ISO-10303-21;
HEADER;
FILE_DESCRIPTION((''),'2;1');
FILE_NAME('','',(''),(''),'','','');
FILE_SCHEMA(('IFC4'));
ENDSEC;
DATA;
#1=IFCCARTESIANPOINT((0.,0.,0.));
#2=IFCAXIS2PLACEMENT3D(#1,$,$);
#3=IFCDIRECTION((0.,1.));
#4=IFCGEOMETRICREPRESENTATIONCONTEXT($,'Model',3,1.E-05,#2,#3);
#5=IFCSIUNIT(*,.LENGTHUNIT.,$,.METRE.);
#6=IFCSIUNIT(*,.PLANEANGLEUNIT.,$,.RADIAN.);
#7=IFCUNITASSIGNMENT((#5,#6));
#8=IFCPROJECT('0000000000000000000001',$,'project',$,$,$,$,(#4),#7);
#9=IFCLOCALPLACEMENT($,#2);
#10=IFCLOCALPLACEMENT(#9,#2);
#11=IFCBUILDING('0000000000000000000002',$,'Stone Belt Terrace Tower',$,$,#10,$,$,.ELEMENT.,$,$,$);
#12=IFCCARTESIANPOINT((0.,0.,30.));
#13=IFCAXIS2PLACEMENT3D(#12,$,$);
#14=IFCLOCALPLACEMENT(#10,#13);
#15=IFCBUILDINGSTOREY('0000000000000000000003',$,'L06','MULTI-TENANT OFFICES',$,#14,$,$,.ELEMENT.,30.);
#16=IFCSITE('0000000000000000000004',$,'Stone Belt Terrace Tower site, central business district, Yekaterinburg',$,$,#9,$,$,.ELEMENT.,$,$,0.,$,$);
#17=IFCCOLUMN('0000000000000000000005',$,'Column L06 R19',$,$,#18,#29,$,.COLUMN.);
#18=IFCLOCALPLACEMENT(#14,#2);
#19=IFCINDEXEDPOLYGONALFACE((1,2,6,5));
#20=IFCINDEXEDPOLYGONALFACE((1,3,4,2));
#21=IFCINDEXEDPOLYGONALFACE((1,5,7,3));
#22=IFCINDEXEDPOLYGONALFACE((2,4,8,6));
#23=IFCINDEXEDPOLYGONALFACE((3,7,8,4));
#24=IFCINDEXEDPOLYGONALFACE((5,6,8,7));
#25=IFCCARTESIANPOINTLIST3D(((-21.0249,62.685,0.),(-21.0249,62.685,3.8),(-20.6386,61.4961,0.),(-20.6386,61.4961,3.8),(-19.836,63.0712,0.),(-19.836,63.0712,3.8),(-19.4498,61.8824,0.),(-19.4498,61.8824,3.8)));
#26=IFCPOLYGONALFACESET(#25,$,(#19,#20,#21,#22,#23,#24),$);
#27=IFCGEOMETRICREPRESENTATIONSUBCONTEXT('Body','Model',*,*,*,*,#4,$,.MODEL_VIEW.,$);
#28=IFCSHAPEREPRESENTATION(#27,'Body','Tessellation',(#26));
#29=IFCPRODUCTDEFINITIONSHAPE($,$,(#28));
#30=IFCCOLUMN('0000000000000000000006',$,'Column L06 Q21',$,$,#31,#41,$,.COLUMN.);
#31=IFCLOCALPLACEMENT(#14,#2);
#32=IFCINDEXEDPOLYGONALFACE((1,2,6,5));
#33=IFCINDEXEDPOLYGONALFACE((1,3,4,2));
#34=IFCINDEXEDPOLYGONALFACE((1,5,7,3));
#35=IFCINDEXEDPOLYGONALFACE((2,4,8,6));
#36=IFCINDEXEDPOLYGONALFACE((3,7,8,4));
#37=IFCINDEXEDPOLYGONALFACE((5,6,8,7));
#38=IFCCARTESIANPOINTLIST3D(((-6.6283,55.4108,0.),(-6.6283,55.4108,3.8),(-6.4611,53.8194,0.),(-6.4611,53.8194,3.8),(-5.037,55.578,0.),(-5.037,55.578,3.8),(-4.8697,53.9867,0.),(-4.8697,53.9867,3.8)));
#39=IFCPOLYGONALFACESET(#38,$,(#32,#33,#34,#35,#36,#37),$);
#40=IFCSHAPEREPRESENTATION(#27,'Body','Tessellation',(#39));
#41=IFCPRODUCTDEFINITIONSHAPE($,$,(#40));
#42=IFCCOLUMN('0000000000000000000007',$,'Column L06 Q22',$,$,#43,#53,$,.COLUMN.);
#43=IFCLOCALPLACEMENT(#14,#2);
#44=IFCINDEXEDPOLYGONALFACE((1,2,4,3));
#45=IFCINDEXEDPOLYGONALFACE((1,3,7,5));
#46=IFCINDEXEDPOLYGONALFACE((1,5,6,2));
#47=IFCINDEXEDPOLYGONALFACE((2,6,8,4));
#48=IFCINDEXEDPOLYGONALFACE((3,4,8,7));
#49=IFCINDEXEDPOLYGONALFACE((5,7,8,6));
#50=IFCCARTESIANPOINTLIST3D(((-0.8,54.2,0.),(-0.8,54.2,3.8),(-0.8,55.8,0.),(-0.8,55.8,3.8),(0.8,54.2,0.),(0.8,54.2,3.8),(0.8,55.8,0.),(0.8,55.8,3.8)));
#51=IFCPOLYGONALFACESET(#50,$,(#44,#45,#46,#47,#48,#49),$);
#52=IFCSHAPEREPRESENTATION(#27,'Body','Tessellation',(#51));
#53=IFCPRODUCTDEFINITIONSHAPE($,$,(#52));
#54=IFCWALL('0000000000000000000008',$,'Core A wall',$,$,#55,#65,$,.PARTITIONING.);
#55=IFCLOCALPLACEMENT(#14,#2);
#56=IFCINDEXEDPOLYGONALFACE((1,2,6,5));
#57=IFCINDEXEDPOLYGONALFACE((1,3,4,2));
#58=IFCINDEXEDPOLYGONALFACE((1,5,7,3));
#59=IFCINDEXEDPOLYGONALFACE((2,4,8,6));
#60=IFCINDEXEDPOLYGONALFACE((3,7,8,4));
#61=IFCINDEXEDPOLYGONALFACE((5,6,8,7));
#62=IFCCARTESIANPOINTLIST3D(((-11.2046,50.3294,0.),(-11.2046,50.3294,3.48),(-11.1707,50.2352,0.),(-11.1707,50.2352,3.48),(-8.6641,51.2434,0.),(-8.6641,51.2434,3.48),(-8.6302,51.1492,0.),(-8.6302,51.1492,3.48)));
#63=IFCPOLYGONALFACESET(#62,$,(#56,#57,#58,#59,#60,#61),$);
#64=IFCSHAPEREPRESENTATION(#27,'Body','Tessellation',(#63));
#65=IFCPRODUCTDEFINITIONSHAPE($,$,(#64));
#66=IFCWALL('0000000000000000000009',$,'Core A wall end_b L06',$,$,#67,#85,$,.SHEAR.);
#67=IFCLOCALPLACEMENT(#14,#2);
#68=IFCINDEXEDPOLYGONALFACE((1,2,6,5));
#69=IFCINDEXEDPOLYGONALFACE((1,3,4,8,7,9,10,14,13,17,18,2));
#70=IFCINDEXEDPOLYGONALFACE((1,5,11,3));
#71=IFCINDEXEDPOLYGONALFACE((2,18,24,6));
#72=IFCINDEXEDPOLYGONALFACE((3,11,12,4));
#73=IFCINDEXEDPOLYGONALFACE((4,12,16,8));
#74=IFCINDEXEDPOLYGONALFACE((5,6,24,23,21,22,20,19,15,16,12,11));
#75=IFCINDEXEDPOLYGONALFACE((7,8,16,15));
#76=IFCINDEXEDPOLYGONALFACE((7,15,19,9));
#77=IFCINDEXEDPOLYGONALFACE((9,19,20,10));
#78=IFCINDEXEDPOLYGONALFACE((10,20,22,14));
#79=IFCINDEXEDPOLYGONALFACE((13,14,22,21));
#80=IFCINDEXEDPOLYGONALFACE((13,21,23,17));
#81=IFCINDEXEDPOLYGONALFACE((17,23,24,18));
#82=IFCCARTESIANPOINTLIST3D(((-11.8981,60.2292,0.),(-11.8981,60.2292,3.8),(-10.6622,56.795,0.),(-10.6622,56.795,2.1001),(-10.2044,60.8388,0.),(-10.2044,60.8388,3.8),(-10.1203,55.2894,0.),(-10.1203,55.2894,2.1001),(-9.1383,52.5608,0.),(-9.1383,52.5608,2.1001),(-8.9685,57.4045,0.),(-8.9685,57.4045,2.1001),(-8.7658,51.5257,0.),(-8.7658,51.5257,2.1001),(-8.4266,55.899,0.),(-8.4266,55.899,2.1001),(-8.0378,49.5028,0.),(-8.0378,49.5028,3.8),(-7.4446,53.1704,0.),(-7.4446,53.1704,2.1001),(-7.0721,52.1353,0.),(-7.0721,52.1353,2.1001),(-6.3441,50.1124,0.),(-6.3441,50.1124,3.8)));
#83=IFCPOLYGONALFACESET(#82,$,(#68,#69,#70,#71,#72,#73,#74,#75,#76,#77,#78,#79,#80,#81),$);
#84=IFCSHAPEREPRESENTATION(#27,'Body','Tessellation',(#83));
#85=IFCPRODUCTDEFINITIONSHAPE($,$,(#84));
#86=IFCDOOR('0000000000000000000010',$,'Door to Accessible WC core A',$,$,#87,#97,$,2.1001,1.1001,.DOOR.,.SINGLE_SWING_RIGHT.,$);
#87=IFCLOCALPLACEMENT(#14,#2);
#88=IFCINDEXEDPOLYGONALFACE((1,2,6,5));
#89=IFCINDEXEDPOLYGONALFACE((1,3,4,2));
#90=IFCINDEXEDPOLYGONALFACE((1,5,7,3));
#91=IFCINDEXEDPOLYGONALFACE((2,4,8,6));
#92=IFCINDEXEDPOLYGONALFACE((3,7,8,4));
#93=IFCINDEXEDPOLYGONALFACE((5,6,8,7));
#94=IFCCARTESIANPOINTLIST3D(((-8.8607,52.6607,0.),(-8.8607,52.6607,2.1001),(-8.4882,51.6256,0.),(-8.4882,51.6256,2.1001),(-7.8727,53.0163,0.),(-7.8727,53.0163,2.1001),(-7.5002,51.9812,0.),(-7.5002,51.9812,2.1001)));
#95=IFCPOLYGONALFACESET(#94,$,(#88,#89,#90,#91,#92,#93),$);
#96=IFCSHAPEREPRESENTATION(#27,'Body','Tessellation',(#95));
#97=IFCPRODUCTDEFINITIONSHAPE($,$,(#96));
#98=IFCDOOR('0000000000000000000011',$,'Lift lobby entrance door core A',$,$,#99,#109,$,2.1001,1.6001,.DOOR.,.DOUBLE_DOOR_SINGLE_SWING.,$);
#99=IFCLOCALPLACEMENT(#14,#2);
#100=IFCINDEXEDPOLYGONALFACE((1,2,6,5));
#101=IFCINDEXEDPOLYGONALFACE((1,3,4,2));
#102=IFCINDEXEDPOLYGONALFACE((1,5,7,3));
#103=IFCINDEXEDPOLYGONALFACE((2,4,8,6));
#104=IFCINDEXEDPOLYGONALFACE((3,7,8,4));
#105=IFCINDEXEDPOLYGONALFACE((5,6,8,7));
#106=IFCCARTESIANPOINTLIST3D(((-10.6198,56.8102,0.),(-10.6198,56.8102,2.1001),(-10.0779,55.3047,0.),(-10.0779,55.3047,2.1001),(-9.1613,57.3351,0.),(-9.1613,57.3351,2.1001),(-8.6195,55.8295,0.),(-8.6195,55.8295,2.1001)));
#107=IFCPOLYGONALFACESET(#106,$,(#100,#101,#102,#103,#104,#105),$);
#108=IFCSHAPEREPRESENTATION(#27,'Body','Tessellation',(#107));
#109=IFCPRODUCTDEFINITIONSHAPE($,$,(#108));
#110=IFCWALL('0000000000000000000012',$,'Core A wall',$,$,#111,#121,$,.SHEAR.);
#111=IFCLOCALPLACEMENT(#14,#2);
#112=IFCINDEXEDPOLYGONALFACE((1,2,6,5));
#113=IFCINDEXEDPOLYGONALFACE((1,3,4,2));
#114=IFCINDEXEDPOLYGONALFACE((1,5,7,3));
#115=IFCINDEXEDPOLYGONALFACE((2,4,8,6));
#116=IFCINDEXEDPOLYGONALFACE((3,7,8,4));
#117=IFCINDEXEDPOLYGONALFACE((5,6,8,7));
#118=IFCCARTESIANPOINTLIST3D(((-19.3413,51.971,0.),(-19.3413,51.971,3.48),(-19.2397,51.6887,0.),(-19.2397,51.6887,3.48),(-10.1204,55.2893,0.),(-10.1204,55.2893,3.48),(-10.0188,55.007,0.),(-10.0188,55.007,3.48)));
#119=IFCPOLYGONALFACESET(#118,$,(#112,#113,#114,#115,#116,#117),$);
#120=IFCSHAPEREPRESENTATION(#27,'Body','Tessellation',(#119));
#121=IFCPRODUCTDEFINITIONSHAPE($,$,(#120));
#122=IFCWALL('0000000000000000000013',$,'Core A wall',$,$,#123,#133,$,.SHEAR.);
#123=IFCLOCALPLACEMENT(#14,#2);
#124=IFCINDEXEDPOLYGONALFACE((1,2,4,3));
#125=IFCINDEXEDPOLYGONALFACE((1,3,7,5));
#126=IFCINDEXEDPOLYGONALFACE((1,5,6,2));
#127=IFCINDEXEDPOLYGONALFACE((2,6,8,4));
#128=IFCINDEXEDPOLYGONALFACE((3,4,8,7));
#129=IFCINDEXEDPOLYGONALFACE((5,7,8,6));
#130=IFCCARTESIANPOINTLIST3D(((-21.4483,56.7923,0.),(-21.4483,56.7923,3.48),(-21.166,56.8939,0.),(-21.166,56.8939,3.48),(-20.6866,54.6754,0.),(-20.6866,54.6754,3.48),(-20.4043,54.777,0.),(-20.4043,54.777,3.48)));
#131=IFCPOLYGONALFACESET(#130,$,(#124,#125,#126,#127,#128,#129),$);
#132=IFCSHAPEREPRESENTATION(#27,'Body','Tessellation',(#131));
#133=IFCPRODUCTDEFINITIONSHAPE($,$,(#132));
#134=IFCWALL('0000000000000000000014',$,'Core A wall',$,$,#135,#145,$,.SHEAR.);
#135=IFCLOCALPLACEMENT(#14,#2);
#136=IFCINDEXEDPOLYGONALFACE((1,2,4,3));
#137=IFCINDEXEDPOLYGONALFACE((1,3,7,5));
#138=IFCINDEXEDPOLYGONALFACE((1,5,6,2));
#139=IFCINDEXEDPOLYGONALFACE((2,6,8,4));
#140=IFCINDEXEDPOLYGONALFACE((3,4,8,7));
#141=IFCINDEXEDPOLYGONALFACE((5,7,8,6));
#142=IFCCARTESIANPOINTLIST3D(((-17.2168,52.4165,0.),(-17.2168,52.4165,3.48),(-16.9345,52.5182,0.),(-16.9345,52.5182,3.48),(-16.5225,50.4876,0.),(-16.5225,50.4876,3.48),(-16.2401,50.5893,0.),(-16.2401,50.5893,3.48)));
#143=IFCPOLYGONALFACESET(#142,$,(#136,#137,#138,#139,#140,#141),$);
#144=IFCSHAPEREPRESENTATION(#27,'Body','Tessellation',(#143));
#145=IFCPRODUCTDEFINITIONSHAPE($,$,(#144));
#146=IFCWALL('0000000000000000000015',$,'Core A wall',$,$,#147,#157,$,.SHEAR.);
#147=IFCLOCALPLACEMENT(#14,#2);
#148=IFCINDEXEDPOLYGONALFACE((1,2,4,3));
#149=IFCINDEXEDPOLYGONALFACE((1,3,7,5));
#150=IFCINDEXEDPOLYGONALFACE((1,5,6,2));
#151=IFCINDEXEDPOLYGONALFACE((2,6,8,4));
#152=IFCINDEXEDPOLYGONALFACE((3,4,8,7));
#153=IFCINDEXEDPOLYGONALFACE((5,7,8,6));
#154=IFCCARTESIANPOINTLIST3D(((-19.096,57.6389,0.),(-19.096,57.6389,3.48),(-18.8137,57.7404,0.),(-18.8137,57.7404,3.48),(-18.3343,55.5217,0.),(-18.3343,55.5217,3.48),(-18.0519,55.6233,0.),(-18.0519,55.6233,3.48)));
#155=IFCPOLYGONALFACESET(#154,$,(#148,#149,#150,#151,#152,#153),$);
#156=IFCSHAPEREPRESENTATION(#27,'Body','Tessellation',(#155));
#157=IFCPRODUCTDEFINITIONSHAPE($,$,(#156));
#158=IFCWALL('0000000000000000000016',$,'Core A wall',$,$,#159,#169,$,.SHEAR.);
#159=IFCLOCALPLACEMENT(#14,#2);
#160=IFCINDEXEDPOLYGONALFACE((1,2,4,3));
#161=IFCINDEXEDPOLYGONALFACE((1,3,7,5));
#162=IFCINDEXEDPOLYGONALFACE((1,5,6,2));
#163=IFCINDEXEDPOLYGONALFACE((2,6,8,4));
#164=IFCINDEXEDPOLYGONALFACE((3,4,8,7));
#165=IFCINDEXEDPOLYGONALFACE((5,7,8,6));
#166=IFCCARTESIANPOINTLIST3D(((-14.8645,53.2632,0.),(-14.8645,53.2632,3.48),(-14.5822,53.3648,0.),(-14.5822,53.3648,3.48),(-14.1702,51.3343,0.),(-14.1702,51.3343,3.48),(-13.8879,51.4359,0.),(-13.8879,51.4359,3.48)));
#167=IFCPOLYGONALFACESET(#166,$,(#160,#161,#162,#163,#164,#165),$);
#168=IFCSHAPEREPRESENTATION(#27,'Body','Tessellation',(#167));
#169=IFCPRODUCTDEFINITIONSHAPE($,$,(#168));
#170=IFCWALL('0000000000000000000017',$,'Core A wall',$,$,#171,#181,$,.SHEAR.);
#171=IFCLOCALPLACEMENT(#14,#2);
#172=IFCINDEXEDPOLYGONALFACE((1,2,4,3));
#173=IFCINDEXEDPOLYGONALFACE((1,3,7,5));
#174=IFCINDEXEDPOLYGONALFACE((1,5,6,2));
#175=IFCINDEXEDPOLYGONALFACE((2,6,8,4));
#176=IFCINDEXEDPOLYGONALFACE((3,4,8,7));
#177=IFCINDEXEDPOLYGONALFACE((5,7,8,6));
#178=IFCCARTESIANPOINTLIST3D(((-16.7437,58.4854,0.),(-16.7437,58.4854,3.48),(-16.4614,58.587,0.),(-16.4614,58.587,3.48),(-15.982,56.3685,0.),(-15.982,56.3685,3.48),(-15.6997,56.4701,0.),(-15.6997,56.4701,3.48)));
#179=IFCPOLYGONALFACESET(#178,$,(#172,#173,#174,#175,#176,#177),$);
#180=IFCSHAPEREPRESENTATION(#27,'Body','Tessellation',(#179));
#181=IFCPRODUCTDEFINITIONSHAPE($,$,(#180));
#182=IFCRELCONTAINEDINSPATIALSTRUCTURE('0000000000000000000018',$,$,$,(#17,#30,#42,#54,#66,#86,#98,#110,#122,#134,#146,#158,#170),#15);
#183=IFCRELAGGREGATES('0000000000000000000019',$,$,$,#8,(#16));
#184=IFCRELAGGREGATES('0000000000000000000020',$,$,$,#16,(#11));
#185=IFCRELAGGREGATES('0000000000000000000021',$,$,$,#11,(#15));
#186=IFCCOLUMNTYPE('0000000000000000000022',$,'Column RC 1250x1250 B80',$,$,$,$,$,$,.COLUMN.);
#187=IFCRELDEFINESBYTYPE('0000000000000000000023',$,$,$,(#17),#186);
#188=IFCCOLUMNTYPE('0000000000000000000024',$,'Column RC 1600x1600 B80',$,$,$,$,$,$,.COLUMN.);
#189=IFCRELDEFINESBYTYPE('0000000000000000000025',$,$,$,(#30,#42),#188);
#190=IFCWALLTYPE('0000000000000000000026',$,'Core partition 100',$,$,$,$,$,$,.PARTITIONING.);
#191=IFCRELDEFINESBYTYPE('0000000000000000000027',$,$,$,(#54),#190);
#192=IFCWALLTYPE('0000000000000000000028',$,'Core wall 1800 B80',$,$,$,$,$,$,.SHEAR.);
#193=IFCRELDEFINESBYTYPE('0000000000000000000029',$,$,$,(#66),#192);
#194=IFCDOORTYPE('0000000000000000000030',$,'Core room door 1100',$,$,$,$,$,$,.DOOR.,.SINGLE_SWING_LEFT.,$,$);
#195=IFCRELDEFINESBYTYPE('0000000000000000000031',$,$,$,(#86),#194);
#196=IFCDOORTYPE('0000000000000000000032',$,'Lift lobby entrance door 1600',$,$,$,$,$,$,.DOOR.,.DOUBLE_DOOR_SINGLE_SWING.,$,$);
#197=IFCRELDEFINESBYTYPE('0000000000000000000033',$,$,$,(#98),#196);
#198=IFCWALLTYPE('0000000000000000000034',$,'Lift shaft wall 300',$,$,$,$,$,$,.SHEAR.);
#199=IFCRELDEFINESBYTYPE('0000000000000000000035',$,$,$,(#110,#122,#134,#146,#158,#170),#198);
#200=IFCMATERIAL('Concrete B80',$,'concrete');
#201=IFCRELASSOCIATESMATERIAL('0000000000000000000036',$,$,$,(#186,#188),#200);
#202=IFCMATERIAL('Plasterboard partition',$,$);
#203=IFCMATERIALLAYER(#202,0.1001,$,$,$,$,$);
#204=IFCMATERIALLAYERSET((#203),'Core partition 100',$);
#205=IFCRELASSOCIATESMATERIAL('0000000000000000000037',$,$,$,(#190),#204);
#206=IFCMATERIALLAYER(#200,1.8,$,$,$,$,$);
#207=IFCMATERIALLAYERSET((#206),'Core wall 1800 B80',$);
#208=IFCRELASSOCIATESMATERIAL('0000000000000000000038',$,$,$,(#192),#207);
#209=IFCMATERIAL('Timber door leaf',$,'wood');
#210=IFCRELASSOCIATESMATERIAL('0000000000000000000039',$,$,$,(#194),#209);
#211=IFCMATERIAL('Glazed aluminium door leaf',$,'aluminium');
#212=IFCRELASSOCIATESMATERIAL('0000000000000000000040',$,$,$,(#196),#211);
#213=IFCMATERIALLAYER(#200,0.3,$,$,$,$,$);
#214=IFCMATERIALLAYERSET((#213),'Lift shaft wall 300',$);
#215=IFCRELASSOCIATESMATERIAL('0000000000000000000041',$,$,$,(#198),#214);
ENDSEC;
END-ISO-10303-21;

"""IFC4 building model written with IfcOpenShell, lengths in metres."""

from ifc_helpers import new_model, si_unit, direction, frame, frame_2d, origin, origin_2d, place, context, subcontext, project, spatial, rectangle, extrude, material, layer, layer_set, material_profile, profile_set, type_object, element, fill, save


model = new_model("IFC4")

# Units and contexts
model_context = context("Model", 3, precision=1e-05, world=origin(), true_north=direction((0.0, 1.0)))
body_context = subcontext(model_context, "Body", "Model", "MODEL_VIEW")
ifc_project = project(units=[si_unit("LENGTHUNIT", "METRE"), si_unit("PLANEANGLEUNIT", "RADIAN")], contexts=[model_context])

# Site, building, storey
site_placement = place(None, origin())
site = spatial("IfcSite", under=ifc_project, at=site_placement, Name="Stone Belt Terrace Tower site, central business district, Yekaterinburg", CompositionType="ELEMENT", RefElevation=0.0)
building_placement = place(site_placement, origin())
building = spatial("IfcBuilding", under=site, at=building_placement, Name="Stone Belt Terrace Tower", CompositionType="ELEMENT")
storey_placement = place(building_placement, frame((0.0, 0.0, 30.0)))
storey = spatial("IfcBuildingStorey", under=building, at=storey_placement, Name="L06", Description="MULTI-TENANT OFFICES", CompositionType="ELEMENT", Elevation=30.0)

# Columns
ifc_material_1 = material(Name="Concrete B80", Category="concrete")
ifc_material_profile_1 = material_profile(ifc_material_1, rectangle(XDim=1.25, YDim=1.25, at=origin_2d()), Name="RC 1250x1250")
ifc_profile_set_1 = profile_set([ifc_material_profile_1], Name="Concrete B80")
column_type_1 = type_object("IfcColumnType", Name="Column RC 1250x1250 B80", PredefinedType="COLUMN", material=ifc_profile_set_1)
column_placement = place(storey_placement, frame((-20.2373, 62.2837, 0.0), z_axis=(0.0, 0.0, 1.0), x_axis=(0.951057, 0.309017, 0.0)))
element("IfcColumn", 1, at=column_placement, inside=storey, type_object=column_type_1, Name="Column L06 R19", PredefinedType="COLUMN", context=body_context, shape_type="SweptSolid", body=[
    extrude(rectangle(XDim=1.25, YDim=1.25, at=origin_2d()), origin(), (0.0, 0.0, 1.0), 3.8),
])
ifc_material_profile_2 = material_profile(ifc_material_1, rectangle(XDim=1.6001, YDim=1.6001, at=origin_2d()), Name="RC 1600x1600")
ifc_profile_set_2 = profile_set([ifc_material_profile_2], Name="Concrete B80")
column_type_2 = type_object("IfcColumnType", Name="Column RC 1600x1600 B80", PredefinedType="COLUMN", material=ifc_profile_set_2)
for number, where, z_axis, x_axis, name in (
    (2, (-5.749, 54.6987, 0.0), (0.0, 0.0, 1.0), (0.994522, 0.104528, 0.0), "Column L06 Q21"),
    (3, (0.0, 55.0, 0.0), (0.0, 0.0, 1.0), (1.0, 0.0, 0.0), "Column L06 Q22"),
):
    element("IfcColumn", number, at=place(storey_placement, frame(where, z_axis=z_axis, x_axis=x_axis)), inside=storey, type_object=column_type_2, Name=name, PredefinedType="COLUMN", context=body_context, shape_type="SweptSolid", body=[
        extrude(rectangle(XDim=1.6001, YDim=1.6001, at=origin_2d()), origin(), (0.0, 0.0, 1.0), 3.8),
    ])

# Wall
ifc_material_2 = material(Name="Plasterboard partition")
ifc_layer_1 = layer(ifc_material_2, 0.1001)
ifc_layer_set_1 = layer_set([ifc_layer_1], Name="Core partition 100")
wall_type_1 = type_object("IfcWallType", Name="Core partition 100", PredefinedType="PARTITIONING", material=ifc_layer_set_1)
wall_1_placement = place(storey_placement, frame((-11.1877, 50.2822, 0.0), z_axis=(0.0, 0.0, 1.0), x_axis=(0.94095, 0.338547, 0.0)))
element("IfcWall", 4, at=wall_1_placement, inside=storey, type_object=wall_type_1, Name="Core A wall", PredefinedType="PARTITIONING", context=body_context, shape_type="SweptSolid", body=[
    extrude(rectangle(XDim=2.7, YDim=0.1001, at=frame_2d((1.3501, 0.0))), origin(), (0.0, 0.0, 1.0), 3.48),
])

# Wall, openings, doors
ifc_layer_2 = layer(ifc_material_1, 1.8)
ifc_layer_set_2 = layer_set([ifc_layer_2], Name="Core wall 1800 B80")
wall_type_2 = type_object("IfcWallType", Name="Core wall 1800 B80", PredefinedType="SHEAR", material=ifc_layer_set_2)
wall_2_placement = place(storey_placement, frame((-7.1909, 49.8076, 0.0), z_axis=(0.0, 0.0, 1.0), x_axis=(-0.338632, 0.940919, 0.0)))
wall_2 = element("IfcWall", 5, at=wall_2_placement, inside=storey, type_object=wall_type_2, Name="Core A wall end_b L06", PredefinedType="SHEAR", context=body_context, shape_type="SweptSolid", body=[
    extrude(rectangle(XDim=11.3999, YDim=1.8, at=frame_2d((5.7, 0.0))), origin(), (0.0, 0.0, 1.0), 3.8),
])
opening_1_placement = place(wall_2_placement, frame((6.1499, 0.0, 0.0)))
opening_1 = element("IfcOpeningElement", 6, at=opening_1_placement, cuts=wall_2, PredefinedType="OPENING", context=body_context, shape_type="SweptSolid", body=[
    extrude(rectangle(XDim=1.6001, YDim=2.1001, at=frame_2d((0.8, 1.05))), frame((0.0, 0.9099, 0.0), z_axis=(0.0, -1.0, 0.0), x_axis=(1.0, 0.0, 0.0)), (0.0, 0.0, 1.0), 1.8201),
])
opening_2_placement = place(wall_2_placement, frame((2.1499, 0.0, 0.0)))
opening_2 = element("IfcOpeningElement", 7, at=opening_2_placement, cuts=wall_2, PredefinedType="OPENING", context=body_context, shape_type="SweptSolid", body=[
    extrude(rectangle(XDim=1.1001, YDim=2.1001, at=frame_2d((0.55, 1.05))), frame((0.0, 0.9099, 0.0), z_axis=(0.0, -1.0, 0.0), x_axis=(1.0, 0.0, 0.0)), (0.0, 0.0, 1.0), 1.8201),
])
ifc_material_3 = material(Name="Timber door leaf", Category="wood")
door_type_1 = type_object("IfcDoorType", Name="Core room door 1100", OperationType="SINGLE_SWING_LEFT", PredefinedType="DOOR", material=ifc_material_3)
door_1_placement = place(opening_2_placement, origin())
door_1 = element("IfcDoor", 8, at=door_1_placement, inside=storey, type_object=door_type_1, Name="Door to Accessible WC core A", OperationType="SINGLE_SWING_RIGHT", OverallHeight=2.1001, OverallWidth=1.1001, PredefinedType="DOOR", context=body_context, shape_type="SweptSolid", body=[
    extrude(rectangle(XDim=1.1001, YDim=2.1001, at=frame_2d((0.55, 1.05))), frame((0.0, 0.605, 0.0), z_axis=(0.0, -1.0, 0.0), x_axis=(1.0, 0.0, 0.0)), (0.0, 0.0, 1.0), 1.05),
])
fill(opening_2, door_1)
ifc_material_4 = material(Name="Glazed aluminium door leaf", Category="aluminium")
door_type_2 = type_object("IfcDoorType", Name="Lift lobby entrance door 1600", OperationType="DOUBLE_DOOR_SINGLE_SWING", PredefinedType="DOOR", material=ifc_material_4)
door_2_placement = place(opening_1_placement, origin())
door_2 = element("IfcDoor", 9, at=door_2_placement, inside=storey, type_object=door_type_2, Name="Lift lobby entrance door core A", OperationType="DOUBLE_DOOR_SINGLE_SWING", OverallHeight=2.1001, OverallWidth=1.6001, PredefinedType="DOOR", context=body_context, shape_type="SweptSolid", body=[
    extrude(rectangle(XDim=1.6001, YDim=2.1001, at=frame_2d((0.8, 1.05))), frame((0.0, 0.855, 0.0), z_axis=(0.0, -1.0, 0.0), x_axis=(1.0, 0.0, 0.0)), (0.0, 0.0, 1.0), 1.55),
])
fill(opening_1, door_2)

# Walls
ifc_layer_3 = layer(ifc_material_1, 0.3)
ifc_layer_set_3 = layer_set([ifc_layer_3], Name="Lift shaft wall 300")
wall_type_3 = type_object("IfcWallType", Name="Lift shaft wall 300", PredefinedType="SHEAR", material=ifc_layer_set_3)
wall_3_placement = place(storey_placement, frame((-19.2905, 51.8298, 0.0), z_axis=(0.0, 0.0, 1.0), x_axis=(0.940926, 0.338613, 0.0)))
element("IfcWall", 10, at=wall_3_placement, inside=storey, type_object=wall_type_3, Name="Core A wall", PredefinedType="SHEAR", context=body_context, shape_type="SweptSolid", body=[
    extrude(rectangle(XDim=9.7998, YDim=0.3, at=frame_2d((4.8999, 0.0))), origin(), (0.0, 0.0, 1.0), 3.48),
])
wall_4_placement = place(storey_placement, frame((-20.5454, 54.7261, 0.0), z_axis=(0.0, 0.0, 1.0), x_axis=(-0.33857, 0.940941, 0.0)))
element("IfcWall", 11, at=wall_4_placement, inside=storey, type_object=wall_type_3, Name="Core A wall", PredefinedType="SHEAR", context=body_context, shape_type="SweptSolid", body=[
    extrude(rectangle(XDim=2.2498, YDim=0.3, at=frame_2d((1.125, 0.0))), origin(), (0.0, 0.0, 1.0), 3.48),
])
wall_5_placement = place(storey_placement, frame((-16.3813, 50.5386, 0.0), z_axis=(0.0, 0.0, 1.0), x_axis=(-0.338682, 0.940901, 0.0)))
element("IfcWall", 12, at=wall_5_placement, inside=storey, type_object=wall_type_3, Name="Core A wall", PredefinedType="SHEAR", context=body_context, shape_type="SweptSolid", body=[
    extrude(rectangle(XDim=2.05, YDim=0.3, at=frame_2d((1.0249, 0.0))), origin(), (0.0, 0.0, 1.0), 3.48),
])
wall_6_placement = place(storey_placement, frame((-18.1931, 55.5725, 0.0), z_axis=(0.0, 0.0, 1.0), x_axis=(-0.338535, 0.940954, 0.0)))
element("IfcWall", 13, at=wall_6_placement, inside=storey, type_object=wall_type_3, Name="Core A wall", PredefinedType="SHEAR", context=body_context, shape_type="SweptSolid", body=[
    extrude(rectangle(XDim=2.25, YDim=0.3, at=frame_2d((1.125, 0.0))), origin(), (0.0, 0.0, 1.0), 3.48),
])
wall_7_placement = place(storey_placement, frame((-14.0291, 51.3853, 0.0), z_axis=(0.0, 0.0, 1.0), x_axis=(-0.338682, 0.940901, 0.0)))
element("IfcWall", 14, at=wall_7_placement, inside=storey, type_object=wall_type_3, Name="Core A wall", PredefinedType="SHEAR", context=body_context, shape_type="SweptSolid", body=[
    extrude(rectangle(XDim=2.05, YDim=0.3, at=frame_2d((1.0249, 0.0))), origin(), (0.0, 0.0, 1.0), 3.48),
])
wall_8_placement = place(storey_placement, frame((-15.8408, 56.4192, 0.0), z_axis=(0.0, 0.0, 1.0), x_axis=(-0.33857, 0.940941, 0.0)))
element("IfcWall", 15, at=wall_8_placement, inside=storey, type_object=wall_type_3, Name="Core A wall", PredefinedType="SHEAR", context=body_context, shape_type="SweptSolid", body=[
    extrude(rectangle(XDim=2.2498, YDim=0.3, at=frame_2d((1.125, 0.0))), origin(), (0.0, 0.0, 1.0), 3.48),
])

save(model, "model.ifc")
